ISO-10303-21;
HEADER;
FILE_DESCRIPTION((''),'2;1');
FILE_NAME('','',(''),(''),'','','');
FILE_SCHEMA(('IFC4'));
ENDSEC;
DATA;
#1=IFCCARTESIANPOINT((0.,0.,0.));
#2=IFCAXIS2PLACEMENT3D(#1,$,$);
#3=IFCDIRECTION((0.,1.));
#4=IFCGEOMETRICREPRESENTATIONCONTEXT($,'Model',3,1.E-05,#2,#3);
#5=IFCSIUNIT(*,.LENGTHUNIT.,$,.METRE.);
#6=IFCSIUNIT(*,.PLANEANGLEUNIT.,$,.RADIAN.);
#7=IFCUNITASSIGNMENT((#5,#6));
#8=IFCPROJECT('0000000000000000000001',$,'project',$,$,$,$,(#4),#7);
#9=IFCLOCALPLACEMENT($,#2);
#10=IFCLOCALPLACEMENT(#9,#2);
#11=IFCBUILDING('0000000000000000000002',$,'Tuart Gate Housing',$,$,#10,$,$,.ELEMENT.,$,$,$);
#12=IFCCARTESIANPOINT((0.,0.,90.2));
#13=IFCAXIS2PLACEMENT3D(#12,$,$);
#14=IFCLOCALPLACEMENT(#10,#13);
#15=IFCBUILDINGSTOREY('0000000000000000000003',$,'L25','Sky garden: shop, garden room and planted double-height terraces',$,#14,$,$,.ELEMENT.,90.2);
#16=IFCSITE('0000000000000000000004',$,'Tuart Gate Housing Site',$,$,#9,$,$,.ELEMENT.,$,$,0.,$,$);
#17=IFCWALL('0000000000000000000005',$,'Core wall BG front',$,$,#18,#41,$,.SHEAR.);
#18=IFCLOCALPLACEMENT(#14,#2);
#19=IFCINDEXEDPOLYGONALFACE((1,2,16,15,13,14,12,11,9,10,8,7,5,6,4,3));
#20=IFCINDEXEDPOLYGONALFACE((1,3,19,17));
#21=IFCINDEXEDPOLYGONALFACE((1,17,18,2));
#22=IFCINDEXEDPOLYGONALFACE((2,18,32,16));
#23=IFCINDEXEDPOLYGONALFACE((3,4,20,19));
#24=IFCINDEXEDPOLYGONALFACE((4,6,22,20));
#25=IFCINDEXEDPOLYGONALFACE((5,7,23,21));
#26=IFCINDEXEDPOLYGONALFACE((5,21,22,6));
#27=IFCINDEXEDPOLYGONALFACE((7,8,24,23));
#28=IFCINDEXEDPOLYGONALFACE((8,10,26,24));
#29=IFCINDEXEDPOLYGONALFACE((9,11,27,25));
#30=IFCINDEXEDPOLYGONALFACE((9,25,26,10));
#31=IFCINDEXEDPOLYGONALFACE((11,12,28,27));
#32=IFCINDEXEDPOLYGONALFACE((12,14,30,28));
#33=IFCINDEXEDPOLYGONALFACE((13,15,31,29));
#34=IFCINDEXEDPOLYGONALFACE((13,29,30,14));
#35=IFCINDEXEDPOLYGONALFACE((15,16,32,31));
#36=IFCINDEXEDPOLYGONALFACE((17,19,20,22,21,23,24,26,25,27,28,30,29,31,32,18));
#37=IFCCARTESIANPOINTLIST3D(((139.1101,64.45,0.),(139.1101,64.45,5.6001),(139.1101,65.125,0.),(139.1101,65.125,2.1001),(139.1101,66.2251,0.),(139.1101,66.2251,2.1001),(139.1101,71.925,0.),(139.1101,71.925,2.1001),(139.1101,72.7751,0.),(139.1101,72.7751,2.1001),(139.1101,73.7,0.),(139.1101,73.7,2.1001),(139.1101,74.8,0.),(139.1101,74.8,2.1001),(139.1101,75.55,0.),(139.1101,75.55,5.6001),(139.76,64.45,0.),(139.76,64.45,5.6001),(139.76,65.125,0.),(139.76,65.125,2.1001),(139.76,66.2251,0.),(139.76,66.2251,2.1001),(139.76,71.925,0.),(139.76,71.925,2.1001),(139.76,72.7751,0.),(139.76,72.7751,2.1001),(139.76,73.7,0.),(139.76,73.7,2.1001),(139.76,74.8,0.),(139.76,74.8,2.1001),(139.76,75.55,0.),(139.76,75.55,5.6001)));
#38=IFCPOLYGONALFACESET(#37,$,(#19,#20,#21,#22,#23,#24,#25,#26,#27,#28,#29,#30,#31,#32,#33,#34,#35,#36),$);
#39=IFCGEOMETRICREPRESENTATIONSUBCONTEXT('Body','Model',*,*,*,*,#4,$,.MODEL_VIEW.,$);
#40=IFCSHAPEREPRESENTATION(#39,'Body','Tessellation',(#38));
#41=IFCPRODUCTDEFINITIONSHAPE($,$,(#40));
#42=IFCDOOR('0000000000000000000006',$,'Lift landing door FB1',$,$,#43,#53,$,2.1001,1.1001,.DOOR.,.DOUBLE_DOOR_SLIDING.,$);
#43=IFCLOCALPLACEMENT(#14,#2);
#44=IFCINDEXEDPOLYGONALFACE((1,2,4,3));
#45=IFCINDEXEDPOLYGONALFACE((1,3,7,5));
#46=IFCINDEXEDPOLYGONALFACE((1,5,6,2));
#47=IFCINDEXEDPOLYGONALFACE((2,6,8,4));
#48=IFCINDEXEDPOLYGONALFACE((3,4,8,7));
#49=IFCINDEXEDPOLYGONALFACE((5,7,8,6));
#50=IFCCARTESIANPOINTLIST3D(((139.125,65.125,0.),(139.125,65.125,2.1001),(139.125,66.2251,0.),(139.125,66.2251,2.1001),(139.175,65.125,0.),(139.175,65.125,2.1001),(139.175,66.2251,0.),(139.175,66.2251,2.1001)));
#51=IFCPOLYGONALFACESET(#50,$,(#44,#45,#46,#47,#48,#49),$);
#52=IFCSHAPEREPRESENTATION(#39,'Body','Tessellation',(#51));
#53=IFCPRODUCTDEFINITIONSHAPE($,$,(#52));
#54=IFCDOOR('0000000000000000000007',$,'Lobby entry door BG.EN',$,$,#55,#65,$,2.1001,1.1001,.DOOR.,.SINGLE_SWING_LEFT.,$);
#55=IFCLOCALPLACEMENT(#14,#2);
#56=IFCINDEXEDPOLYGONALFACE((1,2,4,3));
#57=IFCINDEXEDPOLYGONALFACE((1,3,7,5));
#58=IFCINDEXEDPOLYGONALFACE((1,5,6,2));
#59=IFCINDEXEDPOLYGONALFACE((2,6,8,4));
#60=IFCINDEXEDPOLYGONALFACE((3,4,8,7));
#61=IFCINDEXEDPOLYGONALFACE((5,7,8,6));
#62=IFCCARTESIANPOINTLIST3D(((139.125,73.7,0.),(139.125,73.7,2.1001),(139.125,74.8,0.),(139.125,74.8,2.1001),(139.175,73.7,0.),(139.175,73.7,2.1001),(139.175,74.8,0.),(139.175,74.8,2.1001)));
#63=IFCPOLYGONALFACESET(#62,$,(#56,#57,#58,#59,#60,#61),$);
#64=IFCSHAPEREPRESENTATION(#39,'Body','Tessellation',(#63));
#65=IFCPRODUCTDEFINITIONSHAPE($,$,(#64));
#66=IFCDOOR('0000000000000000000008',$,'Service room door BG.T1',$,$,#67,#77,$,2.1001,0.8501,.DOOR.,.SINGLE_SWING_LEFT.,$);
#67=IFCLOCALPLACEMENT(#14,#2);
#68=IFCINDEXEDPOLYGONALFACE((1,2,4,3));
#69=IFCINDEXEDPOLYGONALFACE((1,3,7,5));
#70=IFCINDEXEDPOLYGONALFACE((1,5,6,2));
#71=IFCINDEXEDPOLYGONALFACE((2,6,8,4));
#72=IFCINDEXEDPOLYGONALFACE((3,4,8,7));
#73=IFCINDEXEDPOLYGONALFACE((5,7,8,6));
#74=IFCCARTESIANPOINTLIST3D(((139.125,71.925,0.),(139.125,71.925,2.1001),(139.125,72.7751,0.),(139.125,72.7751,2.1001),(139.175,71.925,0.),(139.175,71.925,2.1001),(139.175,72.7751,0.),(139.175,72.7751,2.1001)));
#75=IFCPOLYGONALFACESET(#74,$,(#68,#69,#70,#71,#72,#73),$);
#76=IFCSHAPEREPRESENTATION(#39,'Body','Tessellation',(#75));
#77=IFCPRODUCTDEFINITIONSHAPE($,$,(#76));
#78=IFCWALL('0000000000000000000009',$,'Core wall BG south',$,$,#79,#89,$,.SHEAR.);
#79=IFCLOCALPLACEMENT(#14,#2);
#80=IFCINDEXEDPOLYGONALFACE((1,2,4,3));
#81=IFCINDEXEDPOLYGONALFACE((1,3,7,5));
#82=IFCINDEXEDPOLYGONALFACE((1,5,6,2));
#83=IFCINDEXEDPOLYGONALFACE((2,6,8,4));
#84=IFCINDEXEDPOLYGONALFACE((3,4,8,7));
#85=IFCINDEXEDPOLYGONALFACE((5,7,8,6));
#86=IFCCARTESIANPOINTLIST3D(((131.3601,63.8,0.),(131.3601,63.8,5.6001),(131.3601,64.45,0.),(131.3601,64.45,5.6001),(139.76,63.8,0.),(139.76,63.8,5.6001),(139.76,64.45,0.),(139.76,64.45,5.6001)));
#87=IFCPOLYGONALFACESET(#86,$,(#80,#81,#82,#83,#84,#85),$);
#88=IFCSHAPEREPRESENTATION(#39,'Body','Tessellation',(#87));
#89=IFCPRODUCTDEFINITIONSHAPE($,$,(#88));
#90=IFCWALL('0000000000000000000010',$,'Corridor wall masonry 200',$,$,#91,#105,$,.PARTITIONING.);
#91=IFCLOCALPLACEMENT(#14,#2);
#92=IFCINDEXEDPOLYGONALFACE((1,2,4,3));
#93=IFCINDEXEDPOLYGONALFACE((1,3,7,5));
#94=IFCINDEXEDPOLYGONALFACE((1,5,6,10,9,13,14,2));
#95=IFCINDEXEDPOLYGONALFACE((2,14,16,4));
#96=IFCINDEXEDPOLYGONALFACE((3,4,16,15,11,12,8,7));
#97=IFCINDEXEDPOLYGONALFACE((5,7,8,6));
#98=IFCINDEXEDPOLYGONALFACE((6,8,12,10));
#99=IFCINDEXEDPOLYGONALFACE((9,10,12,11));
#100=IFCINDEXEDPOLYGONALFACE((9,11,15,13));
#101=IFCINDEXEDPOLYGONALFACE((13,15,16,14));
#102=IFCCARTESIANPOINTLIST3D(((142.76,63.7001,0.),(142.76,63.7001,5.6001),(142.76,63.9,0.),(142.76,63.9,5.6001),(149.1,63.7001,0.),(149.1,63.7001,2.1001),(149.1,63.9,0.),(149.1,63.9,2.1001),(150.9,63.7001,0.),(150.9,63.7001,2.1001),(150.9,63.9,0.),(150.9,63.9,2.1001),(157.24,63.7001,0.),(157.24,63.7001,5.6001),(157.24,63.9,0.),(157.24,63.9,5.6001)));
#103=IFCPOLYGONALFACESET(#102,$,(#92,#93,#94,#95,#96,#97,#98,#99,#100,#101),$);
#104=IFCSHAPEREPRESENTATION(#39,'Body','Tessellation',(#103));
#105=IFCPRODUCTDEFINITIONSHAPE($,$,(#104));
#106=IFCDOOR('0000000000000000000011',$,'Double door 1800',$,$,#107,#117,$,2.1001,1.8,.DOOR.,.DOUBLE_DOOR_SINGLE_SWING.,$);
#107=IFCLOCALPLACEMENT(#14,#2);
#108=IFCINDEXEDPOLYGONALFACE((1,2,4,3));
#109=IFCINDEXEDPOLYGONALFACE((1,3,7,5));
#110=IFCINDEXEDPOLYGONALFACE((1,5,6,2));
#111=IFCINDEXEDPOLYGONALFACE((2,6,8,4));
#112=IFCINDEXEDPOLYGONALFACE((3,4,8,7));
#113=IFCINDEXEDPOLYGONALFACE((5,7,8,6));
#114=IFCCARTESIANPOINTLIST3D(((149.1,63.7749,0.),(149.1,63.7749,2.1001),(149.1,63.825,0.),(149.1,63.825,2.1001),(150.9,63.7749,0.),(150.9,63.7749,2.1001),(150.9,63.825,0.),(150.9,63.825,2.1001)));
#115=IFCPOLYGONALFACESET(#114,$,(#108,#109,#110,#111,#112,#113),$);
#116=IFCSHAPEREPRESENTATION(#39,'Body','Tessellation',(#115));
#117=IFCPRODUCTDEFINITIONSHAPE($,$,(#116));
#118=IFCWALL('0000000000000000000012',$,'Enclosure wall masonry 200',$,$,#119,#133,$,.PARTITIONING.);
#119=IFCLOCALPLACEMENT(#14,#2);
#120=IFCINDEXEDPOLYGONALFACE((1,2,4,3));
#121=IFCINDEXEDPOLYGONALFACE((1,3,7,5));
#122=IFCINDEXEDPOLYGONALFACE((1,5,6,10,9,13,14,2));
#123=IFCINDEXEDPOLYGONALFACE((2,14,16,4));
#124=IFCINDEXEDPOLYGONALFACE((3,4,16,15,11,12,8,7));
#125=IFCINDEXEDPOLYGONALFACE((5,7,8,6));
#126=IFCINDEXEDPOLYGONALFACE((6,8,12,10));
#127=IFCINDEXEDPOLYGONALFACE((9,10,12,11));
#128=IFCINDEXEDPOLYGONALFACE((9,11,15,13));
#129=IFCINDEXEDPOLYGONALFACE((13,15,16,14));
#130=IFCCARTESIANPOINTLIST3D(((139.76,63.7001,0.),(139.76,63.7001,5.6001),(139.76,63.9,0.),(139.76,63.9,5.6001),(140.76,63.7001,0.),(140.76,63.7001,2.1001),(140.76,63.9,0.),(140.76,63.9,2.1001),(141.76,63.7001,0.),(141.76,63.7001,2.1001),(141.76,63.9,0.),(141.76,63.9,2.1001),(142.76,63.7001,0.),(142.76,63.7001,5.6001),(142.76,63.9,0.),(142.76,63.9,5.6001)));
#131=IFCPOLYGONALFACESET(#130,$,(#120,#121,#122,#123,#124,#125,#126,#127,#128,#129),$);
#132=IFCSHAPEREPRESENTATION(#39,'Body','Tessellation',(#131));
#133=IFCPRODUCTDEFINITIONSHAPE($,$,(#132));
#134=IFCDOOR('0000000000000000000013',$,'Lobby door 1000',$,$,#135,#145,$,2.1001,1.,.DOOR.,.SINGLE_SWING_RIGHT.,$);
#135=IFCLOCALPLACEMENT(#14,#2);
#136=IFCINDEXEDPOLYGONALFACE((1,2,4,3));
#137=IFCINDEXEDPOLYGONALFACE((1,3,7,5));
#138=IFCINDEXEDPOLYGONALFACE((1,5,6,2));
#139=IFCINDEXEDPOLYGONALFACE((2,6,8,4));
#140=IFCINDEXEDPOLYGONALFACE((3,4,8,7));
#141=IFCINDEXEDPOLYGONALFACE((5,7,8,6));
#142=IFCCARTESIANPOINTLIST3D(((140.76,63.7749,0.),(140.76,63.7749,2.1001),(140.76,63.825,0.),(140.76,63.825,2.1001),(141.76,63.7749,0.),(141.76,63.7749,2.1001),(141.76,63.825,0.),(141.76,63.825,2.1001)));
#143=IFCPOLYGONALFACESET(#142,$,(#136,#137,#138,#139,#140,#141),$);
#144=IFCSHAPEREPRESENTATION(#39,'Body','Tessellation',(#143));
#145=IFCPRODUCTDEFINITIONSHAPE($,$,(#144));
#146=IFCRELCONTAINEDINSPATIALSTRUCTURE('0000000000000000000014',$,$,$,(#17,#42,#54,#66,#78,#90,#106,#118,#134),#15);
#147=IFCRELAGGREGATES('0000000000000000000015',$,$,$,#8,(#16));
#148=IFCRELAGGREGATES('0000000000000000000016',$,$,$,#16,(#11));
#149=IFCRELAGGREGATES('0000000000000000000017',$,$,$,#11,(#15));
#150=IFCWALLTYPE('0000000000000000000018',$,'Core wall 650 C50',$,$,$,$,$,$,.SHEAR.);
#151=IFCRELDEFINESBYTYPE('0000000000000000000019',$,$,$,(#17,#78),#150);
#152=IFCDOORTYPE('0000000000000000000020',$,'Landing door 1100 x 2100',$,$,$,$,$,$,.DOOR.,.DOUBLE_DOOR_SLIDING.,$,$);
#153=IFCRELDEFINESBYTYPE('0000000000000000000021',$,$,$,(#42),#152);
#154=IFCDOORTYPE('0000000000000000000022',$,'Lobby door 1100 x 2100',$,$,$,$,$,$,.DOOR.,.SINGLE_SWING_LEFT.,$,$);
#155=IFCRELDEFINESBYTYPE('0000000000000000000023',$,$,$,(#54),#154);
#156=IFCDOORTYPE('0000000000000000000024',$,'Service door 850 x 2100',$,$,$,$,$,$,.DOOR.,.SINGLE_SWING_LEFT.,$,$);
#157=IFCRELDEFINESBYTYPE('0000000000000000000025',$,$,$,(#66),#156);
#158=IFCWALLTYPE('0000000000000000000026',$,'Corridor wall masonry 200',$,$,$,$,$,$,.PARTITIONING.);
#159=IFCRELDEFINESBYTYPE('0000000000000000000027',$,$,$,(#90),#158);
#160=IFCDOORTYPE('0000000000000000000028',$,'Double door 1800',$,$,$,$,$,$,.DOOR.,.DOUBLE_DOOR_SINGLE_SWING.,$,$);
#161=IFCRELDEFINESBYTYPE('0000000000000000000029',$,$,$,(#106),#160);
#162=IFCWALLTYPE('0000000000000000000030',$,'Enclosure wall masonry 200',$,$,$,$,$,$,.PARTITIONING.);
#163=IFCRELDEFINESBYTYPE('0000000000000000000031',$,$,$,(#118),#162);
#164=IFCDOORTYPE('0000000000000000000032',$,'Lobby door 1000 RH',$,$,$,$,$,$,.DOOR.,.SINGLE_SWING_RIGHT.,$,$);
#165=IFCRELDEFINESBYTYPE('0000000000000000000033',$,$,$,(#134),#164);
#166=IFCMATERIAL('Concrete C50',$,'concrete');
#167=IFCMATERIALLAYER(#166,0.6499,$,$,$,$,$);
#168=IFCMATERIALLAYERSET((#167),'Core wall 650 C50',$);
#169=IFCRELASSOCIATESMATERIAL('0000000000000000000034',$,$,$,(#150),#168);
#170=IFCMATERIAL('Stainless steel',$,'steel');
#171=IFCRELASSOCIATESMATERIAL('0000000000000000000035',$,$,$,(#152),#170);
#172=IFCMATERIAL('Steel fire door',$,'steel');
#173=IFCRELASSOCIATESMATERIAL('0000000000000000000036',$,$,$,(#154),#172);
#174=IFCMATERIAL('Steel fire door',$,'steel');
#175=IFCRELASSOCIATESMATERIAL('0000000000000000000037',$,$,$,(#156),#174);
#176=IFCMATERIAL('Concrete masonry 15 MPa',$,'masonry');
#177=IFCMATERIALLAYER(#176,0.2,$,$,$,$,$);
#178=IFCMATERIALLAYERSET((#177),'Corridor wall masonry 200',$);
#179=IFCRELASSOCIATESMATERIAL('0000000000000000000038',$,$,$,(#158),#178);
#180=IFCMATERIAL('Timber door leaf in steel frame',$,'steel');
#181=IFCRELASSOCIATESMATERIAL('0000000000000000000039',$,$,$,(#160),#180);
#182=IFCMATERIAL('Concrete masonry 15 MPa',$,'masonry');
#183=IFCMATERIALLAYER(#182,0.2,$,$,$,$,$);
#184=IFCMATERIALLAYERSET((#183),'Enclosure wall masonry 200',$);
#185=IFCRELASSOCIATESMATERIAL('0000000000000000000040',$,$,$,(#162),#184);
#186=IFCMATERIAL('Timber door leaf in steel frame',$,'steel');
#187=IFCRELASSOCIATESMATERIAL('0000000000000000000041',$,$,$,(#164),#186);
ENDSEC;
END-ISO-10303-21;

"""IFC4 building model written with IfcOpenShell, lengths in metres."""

from ifc_helpers import new_model, si_unit, direction, frame, frame_2d, origin, place, context, subcontext, project, spatial, rectangle, extrude, material, layer, layer_set, type_object, element, fill, save


model = new_model("IFC4")

# Units and contexts
model_context = context("Model", 3, precision=1e-05, world=origin(), true_north=direction((0.0, 1.0)))
body_context = subcontext(model_context, "Body", "Model", "MODEL_VIEW")
ifc_project = project(units=[si_unit("LENGTHUNIT", "METRE"), si_unit("PLANEANGLEUNIT", "RADIAN")], contexts=[model_context])

# Site, building, storey
site_placement = place(None, origin())
site = spatial("IfcSite", under=ifc_project, at=site_placement, Name="Tuart Gate Housing Site", CompositionType="ELEMENT", RefElevation=0.0)
building_placement = place(site_placement, origin())
building = spatial("IfcBuilding", under=site, at=building_placement, Name="Tuart Gate Housing", CompositionType="ELEMENT")
storey_placement = place(building_placement, frame((0.0, 0.0, 90.2)))
storey = spatial("IfcBuildingStorey", under=building, at=storey_placement, Name="L25", Description="Sky garden: shop, garden room and planted double-height terraces", CompositionType="ELEMENT", Elevation=90.2)

# Wall, openings, doors
ifc_material_1 = material(Name="Concrete C50", Category="concrete")
ifc_layer_1 = layer(ifc_material_1, 0.6499)
ifc_layer_set_1 = layer_set([ifc_layer_1], Name="Core wall 650 C50")
wall_type_1 = type_object("IfcWallType", Name="Core wall 650 C50", PredefinedType="SHEAR", material=ifc_layer_set_1)
wall_1_placement = place(storey_placement, frame((139.4351, 64.45, 0.0), z_axis=(0.0, 0.0, 1.0), x_axis=(0.0, 1.0, 0.0)))
wall_1 = element("IfcWall", 1, at=wall_1_placement, inside=storey, type_object=wall_type_1, Name="Core wall BG front", PredefinedType="SHEAR", context=body_context, shape_type="SweptSolid", body=[
    extrude(rectangle(XDim=11.1001, YDim=0.6499, at=frame_2d((5.55, 0.0))), origin(), (0.0, 0.0, 1.0), 5.6001),
])
opening_1_placement = place(wall_1_placement, frame((0.675, 0.0, 0.0)))
opening_1 = element("IfcOpeningElement", 2, at=opening_1_placement, cuts=wall_1, PredefinedType="OPENING", context=body_context, shape_type="SweptSolid", body=[
    extrude(rectangle(XDim=1.1001, YDim=2.1001, at=frame_2d((0.55, 1.05))), frame((0.0, 0.335, 0.0), z_axis=(0.0, -1.0, 0.0), x_axis=(1.0, 0.0, 0.0)), (0.0, 0.0, 1.0), 0.6699),
])
opening_2_placement = place(wall_1_placement, frame((9.25, 0.0, 0.0)))
opening_2 = element("IfcOpeningElement", 3, at=opening_2_placement, cuts=wall_1, PredefinedType="OPENING", context=body_context, shape_type="SweptSolid", body=[
    extrude(rectangle(XDim=1.1001, YDim=2.1001, at=frame_2d((0.55, 1.05))), frame((0.0, 0.335, 0.0), z_axis=(0.0, -1.0, 0.0), x_axis=(1.0, 0.0, 0.0)), (0.0, 0.0, 1.0), 0.6699),
])
opening_3_placement = place(wall_1_placement, frame((7.4751, 0.0, 0.0)))
opening_3 = element("IfcOpeningElement", 4, at=opening_3_placement, cuts=wall_1, PredefinedType="OPENING", context=body_context, shape_type="SweptSolid", body=[
    extrude(rectangle(XDim=0.8501, YDim=2.1001, at=frame_2d((0.425, 1.05))), frame((0.0, 0.335, 0.0), z_axis=(0.0, -1.0, 0.0), x_axis=(1.0, 0.0, 0.0)), (0.0, 0.0, 1.0), 0.6699),
])
ifc_material_2 = material(Name="Stainless steel", Category="steel")
door_type_1 = type_object("IfcDoorType", Name="Landing door 1100 x 2100", OperationType="DOUBLE_DOOR_SLIDING", PredefinedType="DOOR", material=ifc_material_2)
door_1_placement = place(opening_1_placement, origin())
door_1 = element("IfcDoor", 5, at=door_1_placement, inside=storey, type_object=door_type_1, Name="Lift landing door FB1", OperationType="DOUBLE_DOOR_SLIDING", OverallHeight=2.1001, OverallWidth=1.1001, PredefinedType="DOOR", context=body_context, shape_type="SweptSolid", body=[
    extrude(rectangle(XDim=1.1001, YDim=2.1001, at=frame_2d((0.55, 1.05))), frame((0.0, 0.3101, 0.0), z_axis=(0.0, -1.0, 0.0), x_axis=(1.0, 0.0, 0.0)), (0.0, 0.0, 1.0), 0.05),
])
fill(opening_1, door_1)
ifc_material_3 = material(Name="Steel fire door", Category="steel")
door_type_2 = type_object("IfcDoorType", Name="Lobby door 1100 x 2100", OperationType="SINGLE_SWING_LEFT", PredefinedType="DOOR", material=ifc_material_3)
door_2_placement = place(opening_2_placement, origin())
door_2 = element("IfcDoor", 6, at=door_2_placement, inside=storey, type_object=door_type_2, Name="Lobby entry door BG.EN", OperationType="SINGLE_SWING_LEFT", OverallHeight=2.1001, OverallWidth=1.1001, PredefinedType="DOOR", context=body_context, shape_type="SweptSolid", body=[
    extrude(rectangle(XDim=1.1001, YDim=2.1001, at=frame_2d((0.55, 1.05))), frame((0.0, 0.3101, 0.0), z_axis=(0.0, -1.0, 0.0), x_axis=(1.0, 0.0, 0.0)), (0.0, 0.0, 1.0), 0.05),
])
fill(opening_2, door_2)
ifc_material_4 = material(Name="Steel fire door", Category="steel")
door_type_3 = type_object("IfcDoorType", Name="Service door 850 x 2100", OperationType="SINGLE_SWING_LEFT", PredefinedType="DOOR", material=ifc_material_4)
door_3_placement = place(opening_3_placement, origin())
door_3 = element("IfcDoor", 7, at=door_3_placement, inside=storey, type_object=door_type_3, Name="Service room door BG.T1", OperationType="SINGLE_SWING_LEFT", OverallHeight=2.1001, OverallWidth=0.8501, PredefinedType="DOOR", context=body_context, shape_type="SweptSolid", body=[
    extrude(rectangle(XDim=0.8501, YDim=2.1001, at=frame_2d((0.425, 1.05))), frame((0.0, 0.3101, 0.0), z_axis=(0.0, -1.0, 0.0), x_axis=(1.0, 0.0, 0.0)), (0.0, 0.0, 1.0), 0.05),
])
fill(opening_3, door_3)

# Wall
wall_2_placement = place(storey_placement, frame((139.76, 64.125, 0.0), z_axis=(0.0, 0.0, 1.0), x_axis=(-1.0, 0.0, 0.0)))
element("IfcWall", 8, at=wall_2_placement, inside=storey, type_object=wall_type_1, Name="Core wall BG south", PredefinedType="SHEAR", context=body_context, shape_type="SweptSolid", body=[
    extrude(rectangle(XDim=8.3999, YDim=0.6499, at=frame_2d((4.2, 0.0))), origin(), (0.0, 0.0, 1.0), 5.6001),
])

# Walls, openings, doors
ifc_material_5 = material(Name="Concrete masonry 15 MPa", Category="masonry")
ifc_layer_2 = layer(ifc_material_5, 0.2)
ifc_layer_set_2 = layer_set([ifc_layer_2], Name="Corridor wall masonry 200")
wall_type_2 = type_object("IfcWallType", Name="Corridor wall masonry 200", PredefinedType="PARTITIONING", material=ifc_layer_set_2)
wall_3_placement = place(storey_placement, frame((142.76, 63.8, 0.0), z_axis=(0.0, 0.0, 1.0), x_axis=(1.0, 0.0, 0.0)))
wall_3 = element("IfcWall", 9, at=wall_3_placement, inside=storey, type_object=wall_type_2, Name="Corridor wall masonry 200", PredefinedType="PARTITIONING", context=body_context, shape_type="SweptSolid", body=[
    extrude(rectangle(XDim=14.48, YDim=0.2, at=frame_2d((7.24, 0.0))), origin(), (0.0, 0.0, 1.0), 5.6001),
])
opening_4_placement = place(wall_3_placement, frame((6.3401, 0.0, 0.0)))
opening_4 = element("IfcOpeningElement", 10, at=opening_4_placement, cuts=wall_3, PredefinedType="OPENING", context=body_context, shape_type="SweptSolid", body=[
    extrude(rectangle(XDim=1.8, YDim=2.1001, at=frame_2d((0.8999, 1.05))), frame((0.0, 0.1099, 0.0), z_axis=(0.0, -1.0, 0.0), x_axis=(1.0, 0.0, 0.0)), (0.0, 0.0, 1.0), 0.22),
])
ifc_material_6 = material(Name="Timber door leaf in steel frame", Category="steel")
door_type_4 = type_object("IfcDoorType", Name="Double door 1800", OperationType="DOUBLE_DOOR_SINGLE_SWING", PredefinedType="DOOR", material=ifc_material_6)
door_4_placement = place(opening_4_placement, origin())
door_4 = element("IfcDoor", 11, at=door_4_placement, inside=storey, type_object=door_type_4, Name="Double door 1800", OperationType="DOUBLE_DOOR_SINGLE_SWING", OverallHeight=2.1001, OverallWidth=1.8, PredefinedType="DOOR", context=body_context, shape_type="SweptSolid", body=[
    extrude(rectangle(XDim=1.8, YDim=2.1001, at=frame_2d((0.8999, 1.05))), frame((0.0, 0.0249, 0.0), z_axis=(0.0, -1.0, 0.0), x_axis=(1.0, 0.0, 0.0)), (0.0, 0.0, 1.0), 0.05),
])
fill(opening_4, door_4)
ifc_material_7 = material(Name="Concrete masonry 15 MPa", Category="masonry")
ifc_layer_3 = layer(ifc_material_7, 0.2)
ifc_layer_set_3 = layer_set([ifc_layer_3], Name="Enclosure wall masonry 200")
wall_type_3 = type_object("IfcWallType", Name="Enclosure wall masonry 200", PredefinedType="PARTITIONING", material=ifc_layer_set_3)
wall_4_placement = place(storey_placement, frame((139.76, 63.8, 0.0), z_axis=(0.0, 0.0, 1.0), x_axis=(1.0, 0.0, 0.0)))
wall_4 = element("IfcWall", 12, at=wall_4_placement, inside=storey, type_object=wall_type_3, Name="Enclosure wall masonry 200", PredefinedType="PARTITIONING", context=body_context, shape_type="SweptSolid", body=[
    extrude(rectangle(XDim=3.0, YDim=0.2, at=frame_2d((1.5, 0.0))), origin(), (0.0, 0.0, 1.0), 5.6001),
])
opening_5_placement = place(wall_4_placement, frame((1.0, 0.0, 0.0)))
opening_5 = element("IfcOpeningElement", 13, at=opening_5_placement, cuts=wall_4, PredefinedType="OPENING", context=body_context, shape_type="SweptSolid", body=[
    extrude(rectangle(XDim=1.0, YDim=2.1001, at=frame_2d((0.5, 1.05))), frame((0.0, 0.1099, 0.0), z_axis=(0.0, -1.0, 0.0), x_axis=(1.0, 0.0, 0.0)), (0.0, 0.0, 1.0), 0.22),
])
ifc_material_8 = material(Name="Timber door leaf in steel frame", Category="steel")
door_type_5 = type_object("IfcDoorType", Name="Lobby door 1000 RH", OperationType="SINGLE_SWING_RIGHT", PredefinedType="DOOR", material=ifc_material_8)
door_5_placement = place(opening_5_placement, origin())
door_5 = element("IfcDoor", 14, at=door_5_placement, inside=storey, type_object=door_type_5, Name="Lobby door 1000", OperationType="SINGLE_SWING_RIGHT", OverallHeight=2.1001, OverallWidth=1.0, PredefinedType="DOOR", context=body_context, shape_type="SweptSolid", body=[
    extrude(rectangle(XDim=1.0, YDim=2.1001, at=frame_2d((0.5, 1.05))), frame((0.0, 0.0249, 0.0), z_axis=(0.0, -1.0, 0.0), x_axis=(1.0, 0.0, 0.0)), (0.0, 0.0, 1.0), 0.05),
])
fill(opening_5, door_5)

save(model, "model.ifc")
